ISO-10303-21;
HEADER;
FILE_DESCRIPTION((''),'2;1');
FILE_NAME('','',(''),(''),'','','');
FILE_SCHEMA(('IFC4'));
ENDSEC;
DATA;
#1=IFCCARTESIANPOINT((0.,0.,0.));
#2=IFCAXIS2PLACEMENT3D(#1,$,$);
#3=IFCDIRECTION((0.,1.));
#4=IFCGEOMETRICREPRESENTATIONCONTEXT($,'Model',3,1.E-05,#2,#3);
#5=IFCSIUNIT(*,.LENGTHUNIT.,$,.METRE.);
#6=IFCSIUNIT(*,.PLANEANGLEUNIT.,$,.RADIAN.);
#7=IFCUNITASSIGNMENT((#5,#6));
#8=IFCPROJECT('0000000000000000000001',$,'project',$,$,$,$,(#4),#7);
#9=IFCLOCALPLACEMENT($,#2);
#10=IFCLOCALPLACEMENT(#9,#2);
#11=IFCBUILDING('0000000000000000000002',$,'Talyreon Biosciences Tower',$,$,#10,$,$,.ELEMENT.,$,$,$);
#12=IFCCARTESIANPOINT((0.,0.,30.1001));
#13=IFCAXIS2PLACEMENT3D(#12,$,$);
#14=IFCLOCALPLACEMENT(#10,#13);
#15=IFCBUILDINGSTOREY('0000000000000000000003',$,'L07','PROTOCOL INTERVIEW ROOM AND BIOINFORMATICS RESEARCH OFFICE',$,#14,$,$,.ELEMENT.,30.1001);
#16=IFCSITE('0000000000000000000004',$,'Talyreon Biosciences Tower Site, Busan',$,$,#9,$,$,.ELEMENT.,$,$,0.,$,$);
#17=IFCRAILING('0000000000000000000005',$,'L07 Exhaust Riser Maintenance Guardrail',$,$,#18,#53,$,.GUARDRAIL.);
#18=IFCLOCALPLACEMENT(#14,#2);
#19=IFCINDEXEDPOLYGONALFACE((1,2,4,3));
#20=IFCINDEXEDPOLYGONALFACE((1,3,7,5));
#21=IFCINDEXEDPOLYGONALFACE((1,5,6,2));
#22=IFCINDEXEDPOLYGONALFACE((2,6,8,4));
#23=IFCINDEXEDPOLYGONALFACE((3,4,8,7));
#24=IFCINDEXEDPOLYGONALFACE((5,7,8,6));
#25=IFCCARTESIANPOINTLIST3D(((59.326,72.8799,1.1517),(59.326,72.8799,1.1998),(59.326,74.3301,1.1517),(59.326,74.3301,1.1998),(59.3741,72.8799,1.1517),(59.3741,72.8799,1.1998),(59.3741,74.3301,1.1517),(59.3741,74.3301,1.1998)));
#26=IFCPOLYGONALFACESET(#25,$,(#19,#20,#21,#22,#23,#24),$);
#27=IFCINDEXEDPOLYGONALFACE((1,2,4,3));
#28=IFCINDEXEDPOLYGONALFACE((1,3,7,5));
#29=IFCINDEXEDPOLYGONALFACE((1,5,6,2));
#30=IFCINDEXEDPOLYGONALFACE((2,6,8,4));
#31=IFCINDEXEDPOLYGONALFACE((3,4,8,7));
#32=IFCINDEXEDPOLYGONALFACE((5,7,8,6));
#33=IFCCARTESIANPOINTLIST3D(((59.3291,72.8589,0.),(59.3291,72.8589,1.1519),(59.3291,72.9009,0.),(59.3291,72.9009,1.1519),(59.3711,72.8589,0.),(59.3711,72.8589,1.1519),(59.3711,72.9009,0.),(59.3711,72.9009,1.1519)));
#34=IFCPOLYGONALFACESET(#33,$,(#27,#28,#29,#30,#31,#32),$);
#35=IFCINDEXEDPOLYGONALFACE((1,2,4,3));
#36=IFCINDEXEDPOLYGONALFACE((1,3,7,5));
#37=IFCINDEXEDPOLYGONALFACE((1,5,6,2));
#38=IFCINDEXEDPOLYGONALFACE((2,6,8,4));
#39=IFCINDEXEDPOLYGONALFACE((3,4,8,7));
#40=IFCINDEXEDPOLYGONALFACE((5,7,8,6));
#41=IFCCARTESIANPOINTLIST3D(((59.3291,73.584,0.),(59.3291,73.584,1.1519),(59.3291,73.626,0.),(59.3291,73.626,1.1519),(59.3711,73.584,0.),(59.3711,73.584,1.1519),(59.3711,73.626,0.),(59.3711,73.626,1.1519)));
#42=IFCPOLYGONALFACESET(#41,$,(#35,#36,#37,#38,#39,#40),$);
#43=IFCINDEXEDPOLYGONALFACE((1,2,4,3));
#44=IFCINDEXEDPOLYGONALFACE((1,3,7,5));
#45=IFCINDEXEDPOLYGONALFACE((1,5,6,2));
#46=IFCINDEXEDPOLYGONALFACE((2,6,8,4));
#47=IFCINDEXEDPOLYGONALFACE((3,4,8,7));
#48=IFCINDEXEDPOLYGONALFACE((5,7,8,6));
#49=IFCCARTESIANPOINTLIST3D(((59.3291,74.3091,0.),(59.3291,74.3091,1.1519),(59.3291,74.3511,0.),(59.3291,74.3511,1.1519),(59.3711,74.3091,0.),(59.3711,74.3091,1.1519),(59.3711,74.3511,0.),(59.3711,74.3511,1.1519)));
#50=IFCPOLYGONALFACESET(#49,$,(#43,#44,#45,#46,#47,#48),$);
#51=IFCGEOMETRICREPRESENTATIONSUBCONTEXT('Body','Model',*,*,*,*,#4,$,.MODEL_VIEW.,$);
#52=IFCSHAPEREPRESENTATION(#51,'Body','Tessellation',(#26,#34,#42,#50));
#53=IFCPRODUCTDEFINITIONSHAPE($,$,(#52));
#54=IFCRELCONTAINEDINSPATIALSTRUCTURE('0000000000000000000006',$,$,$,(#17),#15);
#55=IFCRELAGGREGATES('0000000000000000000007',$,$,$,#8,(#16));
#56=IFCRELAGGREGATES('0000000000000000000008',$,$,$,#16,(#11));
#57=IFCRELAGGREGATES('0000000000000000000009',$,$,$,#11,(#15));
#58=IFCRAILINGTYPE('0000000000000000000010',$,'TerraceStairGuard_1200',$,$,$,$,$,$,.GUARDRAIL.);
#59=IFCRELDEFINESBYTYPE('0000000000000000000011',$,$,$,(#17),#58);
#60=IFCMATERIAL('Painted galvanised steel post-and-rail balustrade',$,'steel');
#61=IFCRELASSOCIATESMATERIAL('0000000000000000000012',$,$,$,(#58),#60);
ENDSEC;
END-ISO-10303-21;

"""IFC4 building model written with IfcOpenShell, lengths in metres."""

from ifc_helpers import new_model, si_unit, direction, frame, origin, origin_2d, place, context, subcontext, project, spatial, rectangle, extrude, material, type_object, element, save


model = new_model("IFC4")

# Units and contexts
model_context = context("Model", 3, precision=1e-05, world=origin(), true_north=direction((0.0, 1.0)))
body_context = subcontext(model_context, "Body", "Model", "MODEL_VIEW")
ifc_project = project(units=[si_unit("LENGTHUNIT", "METRE"), si_unit("PLANEANGLEUNIT", "RADIAN")], contexts=[model_context])

# Site, building, storey
site_placement = place(None, origin())
site = spatial("IfcSite", under=ifc_project, at=site_placement, Name="Talyreon Biosciences Tower Site, Busan", CompositionType="ELEMENT", RefElevation=0.0)
building_placement = place(site_placement, origin())
building = spatial("IfcBuilding", under=site, at=building_placement, Name="Talyreon Biosciences Tower", CompositionType="ELEMENT")
storey_placement = place(building_placement, frame((0.0, 0.0, 30.1001)))
storey = spatial("IfcBuildingStorey", under=building, at=storey_placement, Name="L07", Description="PROTOCOL INTERVIEW ROOM AND BIOINFORMATICS RESEARCH OFFICE", CompositionType="ELEMENT", Elevation=30.1001)

# Railing
ifc_material_1 = material(Name="Painted galvanised steel post-and-rail balustrade", Category="steel")
railing_type_1 = type_object("IfcRailingType", Name="TerraceStairGuard_1200", PredefinedType="GUARDRAIL", material=ifc_material_1)
railing_1_placement = place(storey_placement, frame((59.3501, 72.8799, 0.0)))
element("IfcRailing", 1, at=railing_1_placement, inside=storey, type_object=railing_type_1, Name="L07 Exhaust Riser Maintenance Guardrail", PredefinedType="GUARDRAIL", context=body_context, shape_type="SweptSolid", body=[
    extrude(rectangle(XDim=0.0481, YDim=0.0481, at=origin_2d()), frame((0.0, 0.0, 1.1758), z_axis=(0.0, 1.0, 0.0), x_axis=(-1.0, 0.0, 0.0)), (0.0, 0.0, 1.0), 1.4502),
    extrude(rectangle(XDim=0.042, YDim=0.042, at=origin_2d()), origin(), (0.0, 0.0, 1.0), 1.1519),
    extrude(rectangle(XDim=0.042, YDim=0.042, at=origin_2d()), frame((0.0, 0.7251, 0.0)), (0.0, 0.0, 1.0), 1.1519),
    extrude(rectangle(XDim=0.042, YDim=0.042, at=origin_2d()), frame((0.0, 1.4502, 0.0)), (0.0, 0.0, 1.0), 1.1519),
])

save(model, "model.ifc")
